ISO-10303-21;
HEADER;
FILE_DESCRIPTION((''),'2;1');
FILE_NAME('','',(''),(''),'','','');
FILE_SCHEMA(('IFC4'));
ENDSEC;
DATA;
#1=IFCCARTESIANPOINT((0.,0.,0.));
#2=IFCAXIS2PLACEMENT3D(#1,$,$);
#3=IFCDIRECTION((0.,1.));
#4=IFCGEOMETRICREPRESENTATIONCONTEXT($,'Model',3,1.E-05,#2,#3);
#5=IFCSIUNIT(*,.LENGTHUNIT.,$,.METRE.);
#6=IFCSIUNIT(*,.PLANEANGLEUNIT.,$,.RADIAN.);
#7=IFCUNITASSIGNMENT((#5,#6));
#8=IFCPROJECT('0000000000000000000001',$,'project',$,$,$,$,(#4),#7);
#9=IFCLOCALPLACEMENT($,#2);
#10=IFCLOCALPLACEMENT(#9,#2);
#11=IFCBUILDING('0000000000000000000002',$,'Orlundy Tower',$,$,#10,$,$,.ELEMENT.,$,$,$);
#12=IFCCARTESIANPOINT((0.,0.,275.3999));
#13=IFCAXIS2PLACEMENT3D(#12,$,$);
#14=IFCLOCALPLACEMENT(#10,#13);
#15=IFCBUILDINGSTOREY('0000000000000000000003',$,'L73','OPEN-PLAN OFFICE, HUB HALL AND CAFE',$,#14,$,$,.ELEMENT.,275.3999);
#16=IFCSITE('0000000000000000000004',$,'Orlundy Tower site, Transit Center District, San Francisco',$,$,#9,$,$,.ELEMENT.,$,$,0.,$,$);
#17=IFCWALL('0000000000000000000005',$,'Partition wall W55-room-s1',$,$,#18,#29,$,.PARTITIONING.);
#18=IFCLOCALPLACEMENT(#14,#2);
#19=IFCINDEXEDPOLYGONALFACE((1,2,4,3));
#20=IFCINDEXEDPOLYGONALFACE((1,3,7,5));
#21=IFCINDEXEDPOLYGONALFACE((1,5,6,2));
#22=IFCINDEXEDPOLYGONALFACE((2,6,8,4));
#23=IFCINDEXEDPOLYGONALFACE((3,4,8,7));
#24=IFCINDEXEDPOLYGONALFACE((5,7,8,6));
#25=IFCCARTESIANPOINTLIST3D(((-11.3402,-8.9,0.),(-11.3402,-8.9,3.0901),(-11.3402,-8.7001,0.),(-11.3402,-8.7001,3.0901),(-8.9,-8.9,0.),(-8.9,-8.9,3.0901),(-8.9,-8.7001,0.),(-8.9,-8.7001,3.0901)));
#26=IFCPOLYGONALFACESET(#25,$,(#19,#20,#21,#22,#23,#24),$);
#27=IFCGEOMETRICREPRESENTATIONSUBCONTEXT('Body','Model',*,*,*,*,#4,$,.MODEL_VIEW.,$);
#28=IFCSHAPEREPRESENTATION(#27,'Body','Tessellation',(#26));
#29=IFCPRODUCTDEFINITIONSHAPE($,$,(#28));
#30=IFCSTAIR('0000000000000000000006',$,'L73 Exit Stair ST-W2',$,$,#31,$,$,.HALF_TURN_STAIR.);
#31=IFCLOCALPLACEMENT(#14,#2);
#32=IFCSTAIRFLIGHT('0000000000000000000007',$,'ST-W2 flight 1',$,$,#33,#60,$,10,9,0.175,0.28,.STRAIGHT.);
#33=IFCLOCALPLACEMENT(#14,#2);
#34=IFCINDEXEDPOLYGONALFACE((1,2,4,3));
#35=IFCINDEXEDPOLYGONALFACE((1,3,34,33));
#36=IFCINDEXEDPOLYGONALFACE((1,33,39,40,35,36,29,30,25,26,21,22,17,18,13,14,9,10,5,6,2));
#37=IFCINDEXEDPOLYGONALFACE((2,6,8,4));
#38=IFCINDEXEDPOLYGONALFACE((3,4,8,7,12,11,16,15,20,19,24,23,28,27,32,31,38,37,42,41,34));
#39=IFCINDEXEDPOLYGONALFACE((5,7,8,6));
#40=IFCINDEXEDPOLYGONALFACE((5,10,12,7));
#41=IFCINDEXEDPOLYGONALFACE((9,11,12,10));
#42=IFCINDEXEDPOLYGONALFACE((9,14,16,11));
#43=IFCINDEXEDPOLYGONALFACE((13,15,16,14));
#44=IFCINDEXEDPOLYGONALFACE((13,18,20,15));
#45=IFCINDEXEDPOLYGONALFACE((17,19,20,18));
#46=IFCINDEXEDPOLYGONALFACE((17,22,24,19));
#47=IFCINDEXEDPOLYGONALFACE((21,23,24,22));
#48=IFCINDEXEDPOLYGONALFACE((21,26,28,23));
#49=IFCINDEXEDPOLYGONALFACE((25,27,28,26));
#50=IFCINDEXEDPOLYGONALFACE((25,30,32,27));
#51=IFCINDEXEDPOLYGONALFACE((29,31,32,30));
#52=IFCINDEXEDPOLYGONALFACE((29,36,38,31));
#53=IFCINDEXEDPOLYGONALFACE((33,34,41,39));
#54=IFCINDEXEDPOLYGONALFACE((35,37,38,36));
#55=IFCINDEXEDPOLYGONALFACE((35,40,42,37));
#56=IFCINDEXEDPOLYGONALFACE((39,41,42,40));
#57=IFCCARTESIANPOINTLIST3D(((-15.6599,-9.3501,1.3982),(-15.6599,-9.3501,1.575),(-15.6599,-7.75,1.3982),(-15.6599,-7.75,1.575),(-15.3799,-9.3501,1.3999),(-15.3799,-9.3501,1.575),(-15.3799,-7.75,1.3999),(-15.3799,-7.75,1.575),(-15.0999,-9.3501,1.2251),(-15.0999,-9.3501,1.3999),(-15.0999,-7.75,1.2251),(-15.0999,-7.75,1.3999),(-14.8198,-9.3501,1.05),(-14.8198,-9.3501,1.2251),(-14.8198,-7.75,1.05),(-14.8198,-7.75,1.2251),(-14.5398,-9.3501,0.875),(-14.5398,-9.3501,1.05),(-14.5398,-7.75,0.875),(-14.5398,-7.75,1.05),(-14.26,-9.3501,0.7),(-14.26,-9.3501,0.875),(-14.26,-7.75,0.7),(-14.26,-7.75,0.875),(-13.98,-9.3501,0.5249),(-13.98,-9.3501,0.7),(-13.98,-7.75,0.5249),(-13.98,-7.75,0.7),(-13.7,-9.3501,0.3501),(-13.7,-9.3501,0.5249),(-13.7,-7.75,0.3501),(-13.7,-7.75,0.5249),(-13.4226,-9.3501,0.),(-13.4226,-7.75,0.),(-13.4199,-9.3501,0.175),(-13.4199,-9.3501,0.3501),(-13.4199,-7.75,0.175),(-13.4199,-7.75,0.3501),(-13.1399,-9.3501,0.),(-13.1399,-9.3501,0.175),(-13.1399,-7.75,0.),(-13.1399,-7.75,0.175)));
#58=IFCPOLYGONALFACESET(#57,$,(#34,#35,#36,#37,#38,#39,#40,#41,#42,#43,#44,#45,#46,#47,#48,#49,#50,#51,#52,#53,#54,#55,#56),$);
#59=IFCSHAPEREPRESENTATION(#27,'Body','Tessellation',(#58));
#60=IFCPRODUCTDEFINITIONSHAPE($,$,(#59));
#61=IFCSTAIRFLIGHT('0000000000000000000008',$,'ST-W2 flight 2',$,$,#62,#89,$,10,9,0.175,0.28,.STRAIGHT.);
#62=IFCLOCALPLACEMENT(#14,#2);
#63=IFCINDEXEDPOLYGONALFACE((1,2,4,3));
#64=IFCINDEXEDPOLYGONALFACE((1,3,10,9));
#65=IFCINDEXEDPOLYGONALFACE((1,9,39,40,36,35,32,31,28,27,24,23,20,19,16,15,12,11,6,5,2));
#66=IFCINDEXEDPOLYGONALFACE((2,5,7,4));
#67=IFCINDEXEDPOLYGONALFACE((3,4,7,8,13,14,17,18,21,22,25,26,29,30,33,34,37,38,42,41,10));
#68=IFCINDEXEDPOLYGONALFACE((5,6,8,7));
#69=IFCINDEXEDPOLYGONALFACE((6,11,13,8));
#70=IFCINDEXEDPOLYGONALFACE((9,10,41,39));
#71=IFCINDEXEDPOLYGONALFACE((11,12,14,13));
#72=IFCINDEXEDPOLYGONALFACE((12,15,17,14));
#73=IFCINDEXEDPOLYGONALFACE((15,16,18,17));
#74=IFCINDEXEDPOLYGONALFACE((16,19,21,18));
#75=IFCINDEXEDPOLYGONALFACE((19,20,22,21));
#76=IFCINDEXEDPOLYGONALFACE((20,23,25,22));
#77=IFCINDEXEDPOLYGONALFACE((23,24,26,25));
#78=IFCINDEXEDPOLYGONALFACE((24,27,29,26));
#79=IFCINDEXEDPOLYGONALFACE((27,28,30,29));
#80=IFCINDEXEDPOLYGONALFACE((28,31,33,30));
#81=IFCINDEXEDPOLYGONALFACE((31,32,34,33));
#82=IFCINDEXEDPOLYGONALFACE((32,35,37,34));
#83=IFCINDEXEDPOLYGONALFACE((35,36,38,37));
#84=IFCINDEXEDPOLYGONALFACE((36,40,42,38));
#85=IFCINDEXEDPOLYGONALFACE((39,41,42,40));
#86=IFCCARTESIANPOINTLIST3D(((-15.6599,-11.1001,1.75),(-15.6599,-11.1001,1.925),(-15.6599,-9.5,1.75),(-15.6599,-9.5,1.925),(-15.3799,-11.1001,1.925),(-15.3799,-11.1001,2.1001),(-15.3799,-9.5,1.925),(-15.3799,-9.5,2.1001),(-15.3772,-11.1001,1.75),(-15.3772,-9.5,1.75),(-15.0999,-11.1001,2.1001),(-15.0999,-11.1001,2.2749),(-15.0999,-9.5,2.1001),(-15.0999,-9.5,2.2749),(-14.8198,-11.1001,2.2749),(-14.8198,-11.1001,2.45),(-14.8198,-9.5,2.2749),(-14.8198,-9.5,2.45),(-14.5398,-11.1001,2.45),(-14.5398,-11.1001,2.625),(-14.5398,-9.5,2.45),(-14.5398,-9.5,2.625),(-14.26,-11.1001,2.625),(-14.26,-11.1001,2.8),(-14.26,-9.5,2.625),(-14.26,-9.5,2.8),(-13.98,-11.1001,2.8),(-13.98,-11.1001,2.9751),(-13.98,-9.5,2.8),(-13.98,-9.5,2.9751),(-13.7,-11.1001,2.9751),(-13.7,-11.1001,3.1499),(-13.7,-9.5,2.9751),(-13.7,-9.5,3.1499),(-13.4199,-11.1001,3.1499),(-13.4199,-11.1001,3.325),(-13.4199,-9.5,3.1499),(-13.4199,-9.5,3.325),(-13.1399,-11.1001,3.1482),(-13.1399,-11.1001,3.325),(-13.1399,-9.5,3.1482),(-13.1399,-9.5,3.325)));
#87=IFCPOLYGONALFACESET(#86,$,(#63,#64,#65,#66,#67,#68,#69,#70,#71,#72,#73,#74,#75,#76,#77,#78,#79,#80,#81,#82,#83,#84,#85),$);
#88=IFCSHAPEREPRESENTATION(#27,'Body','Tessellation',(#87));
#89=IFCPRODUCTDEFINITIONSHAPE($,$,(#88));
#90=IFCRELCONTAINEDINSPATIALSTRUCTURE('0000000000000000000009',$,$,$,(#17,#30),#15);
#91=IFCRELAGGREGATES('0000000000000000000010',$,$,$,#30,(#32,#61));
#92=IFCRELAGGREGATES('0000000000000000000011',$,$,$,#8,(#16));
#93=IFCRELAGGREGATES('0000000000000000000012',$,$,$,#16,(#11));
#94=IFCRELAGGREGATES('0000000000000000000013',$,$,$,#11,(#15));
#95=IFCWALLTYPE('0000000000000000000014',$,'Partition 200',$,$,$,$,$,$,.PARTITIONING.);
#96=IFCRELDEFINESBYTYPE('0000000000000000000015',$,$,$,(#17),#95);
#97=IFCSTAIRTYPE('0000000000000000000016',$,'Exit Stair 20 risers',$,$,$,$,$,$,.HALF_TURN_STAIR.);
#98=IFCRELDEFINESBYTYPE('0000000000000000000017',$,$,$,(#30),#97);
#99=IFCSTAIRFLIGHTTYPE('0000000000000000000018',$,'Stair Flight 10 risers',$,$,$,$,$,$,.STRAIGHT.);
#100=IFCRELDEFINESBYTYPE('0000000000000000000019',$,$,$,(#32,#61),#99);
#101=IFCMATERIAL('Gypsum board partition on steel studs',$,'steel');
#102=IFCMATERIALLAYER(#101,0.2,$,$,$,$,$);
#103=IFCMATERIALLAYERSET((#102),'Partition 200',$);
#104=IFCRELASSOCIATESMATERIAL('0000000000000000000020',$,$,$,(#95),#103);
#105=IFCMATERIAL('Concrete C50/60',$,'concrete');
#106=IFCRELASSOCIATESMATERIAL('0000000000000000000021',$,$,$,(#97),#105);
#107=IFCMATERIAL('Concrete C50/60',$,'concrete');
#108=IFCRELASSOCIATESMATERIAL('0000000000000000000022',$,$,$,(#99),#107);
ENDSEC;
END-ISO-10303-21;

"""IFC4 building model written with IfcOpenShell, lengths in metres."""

from ifc_helpers import new_model, si_unit, direction, frame, frame_2d, origin, place, context, subcontext, project, spatial, polyline, rectangle, outline, extrude, material, layer, layer_set, type_object, element, aggregate, save


model = new_model("IFC4")

# Units and contexts
model_context = context("Model", 3, precision=1e-05, world=origin(), true_north=direction((0.0, 1.0)))
body_context = subcontext(model_context, "Body", "Model", "MODEL_VIEW")
ifc_project = project(units=[si_unit("LENGTHUNIT", "METRE"), si_unit("PLANEANGLEUNIT", "RADIAN")], contexts=[model_context])

# Site, building, storey
site_placement = place(None, origin())
site = spatial("IfcSite", under=ifc_project, at=site_placement, Name="Orlundy Tower site, Transit Center District, San Francisco", CompositionType="ELEMENT", RefElevation=0.0)
building_placement = place(site_placement, origin())
building = spatial("IfcBuilding", under=site, at=building_placement, Name="Orlundy Tower", CompositionType="ELEMENT")
storey_placement = place(building_placement, frame((0.0, 0.0, 275.3999)))
storey = spatial("IfcBuildingStorey", under=building, at=storey_placement, Name="L73", Description="OPEN-PLAN OFFICE, HUB HALL AND CAFE", CompositionType="ELEMENT", Elevation=275.3999)

# Wall
ifc_material_1 = material(Name="Gypsum board partition on steel studs", Category="steel")
ifc_layer_1 = layer(ifc_material_1, 0.2)
ifc_layer_set_1 = layer_set([ifc_layer_1], Name="Partition 200")
wall_type_1 = type_object("IfcWallType", Name="Partition 200", PredefinedType="PARTITIONING", material=ifc_layer_set_1)
for number, where, z_axis, x_axis, name in (
    (1, (-8.8999, -8.8, 0.0), (0.0, 0.0, 1.0), (-1.0, 0.0, 0.0), "Partition wall W55-room-s1"),
):
    element("IfcWall", number, at=place(storey_placement, frame(where, z_axis=z_axis, x_axis=x_axis)), inside=storey, type_object=wall_type_1, Name=name, PredefinedType="PARTITIONING", context=body_context, shape_type="SweptSolid", body=[
        extrude(rectangle(XDim=2.4402, YDim=0.2, at=frame_2d((1.2202, 0.0))), origin(), (0.0, 0.0, 1.0), 3.0901),
    ])

# Stair, stair flights
ifc_material_2 = material(Name="Concrete C50/60", Category="concrete")
stair_type = type_object("IfcStairType", Name="Exit Stair 20 risers", PredefinedType="HALF_TURN_STAIR", material=ifc_material_2)
stair_placement = place(storey_placement, origin())
stair = element("IfcStair", 2, at=stair_placement, inside=storey, type_object=stair_type, Name="L73 Exit Stair ST-W2", PredefinedType="HALF_TURN_STAIR")
ifc_material_3 = material(Name="Concrete C50/60", Category="concrete")
stair_flight_type = type_object("IfcStairFlightType", Name="Stair Flight 10 risers", PredefinedType="STRAIGHT", material=ifc_material_3)
stair_flight_1_placement = place(storey_placement, frame((-13.1399, -8.55, 0.0), z_axis=(0.0, 0.0, 1.0), x_axis=(-1.0, 0.0, 0.0)))
stair_flight_1 = element("IfcStairFlight", 3, at=stair_flight_1_placement, type_object=stair_flight_type, Name="ST-W2 flight 1", NumberOfRisers=10, NumberOfTreads=9, PredefinedType="STRAIGHT", RiserHeight=0.175, TreadLength=0.28, context=body_context, shape_type="SweptSolid", body=[
    extrude(outline(polyline([(0.0, 0.0), (0.0, 0.175), (0.28, 0.175), (0.28, 0.3501), (0.5601, 0.3501), (0.5601, 0.5249), (0.8401, 0.5249), (0.8401, 0.7), (1.1201, 0.7), (1.1201, 0.875), (1.3999, 0.875), (1.3999, 1.05), (1.6799, 1.05), (1.6799, 1.2251), (1.96, 1.2251), (1.96, 1.3999), (2.24, 1.3999), (2.24, 1.575), (2.52, 1.575), (2.52, 1.75), (2.52, 1.3982), (0.2827, 0.0), (0.0, 0.0)])), frame((0.0, 0.8, 0.0), z_axis=(0.0, -1.0, 0.0), x_axis=(1.0, 0.0, 0.0)), (0.0, 0.0, 1.0), 1.6001),
])
stair_flight_2_placement = place(storey_placement, frame((-15.6599, -10.3, 1.75), z_axis=(0.0, 0.0, 1.0), x_axis=(1.0, 0.0, 0.0)))
stair_flight_2 = element("IfcStairFlight", 4, at=stair_flight_2_placement, type_object=stair_flight_type, Name="ST-W2 flight 2", NumberOfRisers=10, NumberOfTreads=9, PredefinedType="STRAIGHT", RiserHeight=0.175, TreadLength=0.28, context=body_context, shape_type="SweptSolid", body=[
    extrude(outline(polyline([(0.0, 0.0), (0.0, 0.175), (0.28, 0.175), (0.28, 0.3501), (0.5601, 0.3501), (0.5601, 0.5249), (0.8401, 0.5249), (0.8401, 0.7), (1.1201, 0.7), (1.1201, 0.875), (1.3999, 0.875), (1.3999, 1.05), (1.6799, 1.05), (1.6799, 1.2251), (1.96, 1.2251), (1.96, 1.3999), (2.24, 1.3999), (2.24, 1.575), (2.52, 1.575), (2.52, 1.75), (2.52, 1.3982), (0.2827, 0.0), (0.0, 0.0)])), frame((0.0, 0.8, 0.0), z_axis=(0.0, -1.0, 0.0), x_axis=(1.0, 0.0, 0.0)), (0.0, 0.0, 1.0), 1.6001),
])
aggregate(stair, [stair_flight_1, stair_flight_2])

save(model, "model.ifc")
